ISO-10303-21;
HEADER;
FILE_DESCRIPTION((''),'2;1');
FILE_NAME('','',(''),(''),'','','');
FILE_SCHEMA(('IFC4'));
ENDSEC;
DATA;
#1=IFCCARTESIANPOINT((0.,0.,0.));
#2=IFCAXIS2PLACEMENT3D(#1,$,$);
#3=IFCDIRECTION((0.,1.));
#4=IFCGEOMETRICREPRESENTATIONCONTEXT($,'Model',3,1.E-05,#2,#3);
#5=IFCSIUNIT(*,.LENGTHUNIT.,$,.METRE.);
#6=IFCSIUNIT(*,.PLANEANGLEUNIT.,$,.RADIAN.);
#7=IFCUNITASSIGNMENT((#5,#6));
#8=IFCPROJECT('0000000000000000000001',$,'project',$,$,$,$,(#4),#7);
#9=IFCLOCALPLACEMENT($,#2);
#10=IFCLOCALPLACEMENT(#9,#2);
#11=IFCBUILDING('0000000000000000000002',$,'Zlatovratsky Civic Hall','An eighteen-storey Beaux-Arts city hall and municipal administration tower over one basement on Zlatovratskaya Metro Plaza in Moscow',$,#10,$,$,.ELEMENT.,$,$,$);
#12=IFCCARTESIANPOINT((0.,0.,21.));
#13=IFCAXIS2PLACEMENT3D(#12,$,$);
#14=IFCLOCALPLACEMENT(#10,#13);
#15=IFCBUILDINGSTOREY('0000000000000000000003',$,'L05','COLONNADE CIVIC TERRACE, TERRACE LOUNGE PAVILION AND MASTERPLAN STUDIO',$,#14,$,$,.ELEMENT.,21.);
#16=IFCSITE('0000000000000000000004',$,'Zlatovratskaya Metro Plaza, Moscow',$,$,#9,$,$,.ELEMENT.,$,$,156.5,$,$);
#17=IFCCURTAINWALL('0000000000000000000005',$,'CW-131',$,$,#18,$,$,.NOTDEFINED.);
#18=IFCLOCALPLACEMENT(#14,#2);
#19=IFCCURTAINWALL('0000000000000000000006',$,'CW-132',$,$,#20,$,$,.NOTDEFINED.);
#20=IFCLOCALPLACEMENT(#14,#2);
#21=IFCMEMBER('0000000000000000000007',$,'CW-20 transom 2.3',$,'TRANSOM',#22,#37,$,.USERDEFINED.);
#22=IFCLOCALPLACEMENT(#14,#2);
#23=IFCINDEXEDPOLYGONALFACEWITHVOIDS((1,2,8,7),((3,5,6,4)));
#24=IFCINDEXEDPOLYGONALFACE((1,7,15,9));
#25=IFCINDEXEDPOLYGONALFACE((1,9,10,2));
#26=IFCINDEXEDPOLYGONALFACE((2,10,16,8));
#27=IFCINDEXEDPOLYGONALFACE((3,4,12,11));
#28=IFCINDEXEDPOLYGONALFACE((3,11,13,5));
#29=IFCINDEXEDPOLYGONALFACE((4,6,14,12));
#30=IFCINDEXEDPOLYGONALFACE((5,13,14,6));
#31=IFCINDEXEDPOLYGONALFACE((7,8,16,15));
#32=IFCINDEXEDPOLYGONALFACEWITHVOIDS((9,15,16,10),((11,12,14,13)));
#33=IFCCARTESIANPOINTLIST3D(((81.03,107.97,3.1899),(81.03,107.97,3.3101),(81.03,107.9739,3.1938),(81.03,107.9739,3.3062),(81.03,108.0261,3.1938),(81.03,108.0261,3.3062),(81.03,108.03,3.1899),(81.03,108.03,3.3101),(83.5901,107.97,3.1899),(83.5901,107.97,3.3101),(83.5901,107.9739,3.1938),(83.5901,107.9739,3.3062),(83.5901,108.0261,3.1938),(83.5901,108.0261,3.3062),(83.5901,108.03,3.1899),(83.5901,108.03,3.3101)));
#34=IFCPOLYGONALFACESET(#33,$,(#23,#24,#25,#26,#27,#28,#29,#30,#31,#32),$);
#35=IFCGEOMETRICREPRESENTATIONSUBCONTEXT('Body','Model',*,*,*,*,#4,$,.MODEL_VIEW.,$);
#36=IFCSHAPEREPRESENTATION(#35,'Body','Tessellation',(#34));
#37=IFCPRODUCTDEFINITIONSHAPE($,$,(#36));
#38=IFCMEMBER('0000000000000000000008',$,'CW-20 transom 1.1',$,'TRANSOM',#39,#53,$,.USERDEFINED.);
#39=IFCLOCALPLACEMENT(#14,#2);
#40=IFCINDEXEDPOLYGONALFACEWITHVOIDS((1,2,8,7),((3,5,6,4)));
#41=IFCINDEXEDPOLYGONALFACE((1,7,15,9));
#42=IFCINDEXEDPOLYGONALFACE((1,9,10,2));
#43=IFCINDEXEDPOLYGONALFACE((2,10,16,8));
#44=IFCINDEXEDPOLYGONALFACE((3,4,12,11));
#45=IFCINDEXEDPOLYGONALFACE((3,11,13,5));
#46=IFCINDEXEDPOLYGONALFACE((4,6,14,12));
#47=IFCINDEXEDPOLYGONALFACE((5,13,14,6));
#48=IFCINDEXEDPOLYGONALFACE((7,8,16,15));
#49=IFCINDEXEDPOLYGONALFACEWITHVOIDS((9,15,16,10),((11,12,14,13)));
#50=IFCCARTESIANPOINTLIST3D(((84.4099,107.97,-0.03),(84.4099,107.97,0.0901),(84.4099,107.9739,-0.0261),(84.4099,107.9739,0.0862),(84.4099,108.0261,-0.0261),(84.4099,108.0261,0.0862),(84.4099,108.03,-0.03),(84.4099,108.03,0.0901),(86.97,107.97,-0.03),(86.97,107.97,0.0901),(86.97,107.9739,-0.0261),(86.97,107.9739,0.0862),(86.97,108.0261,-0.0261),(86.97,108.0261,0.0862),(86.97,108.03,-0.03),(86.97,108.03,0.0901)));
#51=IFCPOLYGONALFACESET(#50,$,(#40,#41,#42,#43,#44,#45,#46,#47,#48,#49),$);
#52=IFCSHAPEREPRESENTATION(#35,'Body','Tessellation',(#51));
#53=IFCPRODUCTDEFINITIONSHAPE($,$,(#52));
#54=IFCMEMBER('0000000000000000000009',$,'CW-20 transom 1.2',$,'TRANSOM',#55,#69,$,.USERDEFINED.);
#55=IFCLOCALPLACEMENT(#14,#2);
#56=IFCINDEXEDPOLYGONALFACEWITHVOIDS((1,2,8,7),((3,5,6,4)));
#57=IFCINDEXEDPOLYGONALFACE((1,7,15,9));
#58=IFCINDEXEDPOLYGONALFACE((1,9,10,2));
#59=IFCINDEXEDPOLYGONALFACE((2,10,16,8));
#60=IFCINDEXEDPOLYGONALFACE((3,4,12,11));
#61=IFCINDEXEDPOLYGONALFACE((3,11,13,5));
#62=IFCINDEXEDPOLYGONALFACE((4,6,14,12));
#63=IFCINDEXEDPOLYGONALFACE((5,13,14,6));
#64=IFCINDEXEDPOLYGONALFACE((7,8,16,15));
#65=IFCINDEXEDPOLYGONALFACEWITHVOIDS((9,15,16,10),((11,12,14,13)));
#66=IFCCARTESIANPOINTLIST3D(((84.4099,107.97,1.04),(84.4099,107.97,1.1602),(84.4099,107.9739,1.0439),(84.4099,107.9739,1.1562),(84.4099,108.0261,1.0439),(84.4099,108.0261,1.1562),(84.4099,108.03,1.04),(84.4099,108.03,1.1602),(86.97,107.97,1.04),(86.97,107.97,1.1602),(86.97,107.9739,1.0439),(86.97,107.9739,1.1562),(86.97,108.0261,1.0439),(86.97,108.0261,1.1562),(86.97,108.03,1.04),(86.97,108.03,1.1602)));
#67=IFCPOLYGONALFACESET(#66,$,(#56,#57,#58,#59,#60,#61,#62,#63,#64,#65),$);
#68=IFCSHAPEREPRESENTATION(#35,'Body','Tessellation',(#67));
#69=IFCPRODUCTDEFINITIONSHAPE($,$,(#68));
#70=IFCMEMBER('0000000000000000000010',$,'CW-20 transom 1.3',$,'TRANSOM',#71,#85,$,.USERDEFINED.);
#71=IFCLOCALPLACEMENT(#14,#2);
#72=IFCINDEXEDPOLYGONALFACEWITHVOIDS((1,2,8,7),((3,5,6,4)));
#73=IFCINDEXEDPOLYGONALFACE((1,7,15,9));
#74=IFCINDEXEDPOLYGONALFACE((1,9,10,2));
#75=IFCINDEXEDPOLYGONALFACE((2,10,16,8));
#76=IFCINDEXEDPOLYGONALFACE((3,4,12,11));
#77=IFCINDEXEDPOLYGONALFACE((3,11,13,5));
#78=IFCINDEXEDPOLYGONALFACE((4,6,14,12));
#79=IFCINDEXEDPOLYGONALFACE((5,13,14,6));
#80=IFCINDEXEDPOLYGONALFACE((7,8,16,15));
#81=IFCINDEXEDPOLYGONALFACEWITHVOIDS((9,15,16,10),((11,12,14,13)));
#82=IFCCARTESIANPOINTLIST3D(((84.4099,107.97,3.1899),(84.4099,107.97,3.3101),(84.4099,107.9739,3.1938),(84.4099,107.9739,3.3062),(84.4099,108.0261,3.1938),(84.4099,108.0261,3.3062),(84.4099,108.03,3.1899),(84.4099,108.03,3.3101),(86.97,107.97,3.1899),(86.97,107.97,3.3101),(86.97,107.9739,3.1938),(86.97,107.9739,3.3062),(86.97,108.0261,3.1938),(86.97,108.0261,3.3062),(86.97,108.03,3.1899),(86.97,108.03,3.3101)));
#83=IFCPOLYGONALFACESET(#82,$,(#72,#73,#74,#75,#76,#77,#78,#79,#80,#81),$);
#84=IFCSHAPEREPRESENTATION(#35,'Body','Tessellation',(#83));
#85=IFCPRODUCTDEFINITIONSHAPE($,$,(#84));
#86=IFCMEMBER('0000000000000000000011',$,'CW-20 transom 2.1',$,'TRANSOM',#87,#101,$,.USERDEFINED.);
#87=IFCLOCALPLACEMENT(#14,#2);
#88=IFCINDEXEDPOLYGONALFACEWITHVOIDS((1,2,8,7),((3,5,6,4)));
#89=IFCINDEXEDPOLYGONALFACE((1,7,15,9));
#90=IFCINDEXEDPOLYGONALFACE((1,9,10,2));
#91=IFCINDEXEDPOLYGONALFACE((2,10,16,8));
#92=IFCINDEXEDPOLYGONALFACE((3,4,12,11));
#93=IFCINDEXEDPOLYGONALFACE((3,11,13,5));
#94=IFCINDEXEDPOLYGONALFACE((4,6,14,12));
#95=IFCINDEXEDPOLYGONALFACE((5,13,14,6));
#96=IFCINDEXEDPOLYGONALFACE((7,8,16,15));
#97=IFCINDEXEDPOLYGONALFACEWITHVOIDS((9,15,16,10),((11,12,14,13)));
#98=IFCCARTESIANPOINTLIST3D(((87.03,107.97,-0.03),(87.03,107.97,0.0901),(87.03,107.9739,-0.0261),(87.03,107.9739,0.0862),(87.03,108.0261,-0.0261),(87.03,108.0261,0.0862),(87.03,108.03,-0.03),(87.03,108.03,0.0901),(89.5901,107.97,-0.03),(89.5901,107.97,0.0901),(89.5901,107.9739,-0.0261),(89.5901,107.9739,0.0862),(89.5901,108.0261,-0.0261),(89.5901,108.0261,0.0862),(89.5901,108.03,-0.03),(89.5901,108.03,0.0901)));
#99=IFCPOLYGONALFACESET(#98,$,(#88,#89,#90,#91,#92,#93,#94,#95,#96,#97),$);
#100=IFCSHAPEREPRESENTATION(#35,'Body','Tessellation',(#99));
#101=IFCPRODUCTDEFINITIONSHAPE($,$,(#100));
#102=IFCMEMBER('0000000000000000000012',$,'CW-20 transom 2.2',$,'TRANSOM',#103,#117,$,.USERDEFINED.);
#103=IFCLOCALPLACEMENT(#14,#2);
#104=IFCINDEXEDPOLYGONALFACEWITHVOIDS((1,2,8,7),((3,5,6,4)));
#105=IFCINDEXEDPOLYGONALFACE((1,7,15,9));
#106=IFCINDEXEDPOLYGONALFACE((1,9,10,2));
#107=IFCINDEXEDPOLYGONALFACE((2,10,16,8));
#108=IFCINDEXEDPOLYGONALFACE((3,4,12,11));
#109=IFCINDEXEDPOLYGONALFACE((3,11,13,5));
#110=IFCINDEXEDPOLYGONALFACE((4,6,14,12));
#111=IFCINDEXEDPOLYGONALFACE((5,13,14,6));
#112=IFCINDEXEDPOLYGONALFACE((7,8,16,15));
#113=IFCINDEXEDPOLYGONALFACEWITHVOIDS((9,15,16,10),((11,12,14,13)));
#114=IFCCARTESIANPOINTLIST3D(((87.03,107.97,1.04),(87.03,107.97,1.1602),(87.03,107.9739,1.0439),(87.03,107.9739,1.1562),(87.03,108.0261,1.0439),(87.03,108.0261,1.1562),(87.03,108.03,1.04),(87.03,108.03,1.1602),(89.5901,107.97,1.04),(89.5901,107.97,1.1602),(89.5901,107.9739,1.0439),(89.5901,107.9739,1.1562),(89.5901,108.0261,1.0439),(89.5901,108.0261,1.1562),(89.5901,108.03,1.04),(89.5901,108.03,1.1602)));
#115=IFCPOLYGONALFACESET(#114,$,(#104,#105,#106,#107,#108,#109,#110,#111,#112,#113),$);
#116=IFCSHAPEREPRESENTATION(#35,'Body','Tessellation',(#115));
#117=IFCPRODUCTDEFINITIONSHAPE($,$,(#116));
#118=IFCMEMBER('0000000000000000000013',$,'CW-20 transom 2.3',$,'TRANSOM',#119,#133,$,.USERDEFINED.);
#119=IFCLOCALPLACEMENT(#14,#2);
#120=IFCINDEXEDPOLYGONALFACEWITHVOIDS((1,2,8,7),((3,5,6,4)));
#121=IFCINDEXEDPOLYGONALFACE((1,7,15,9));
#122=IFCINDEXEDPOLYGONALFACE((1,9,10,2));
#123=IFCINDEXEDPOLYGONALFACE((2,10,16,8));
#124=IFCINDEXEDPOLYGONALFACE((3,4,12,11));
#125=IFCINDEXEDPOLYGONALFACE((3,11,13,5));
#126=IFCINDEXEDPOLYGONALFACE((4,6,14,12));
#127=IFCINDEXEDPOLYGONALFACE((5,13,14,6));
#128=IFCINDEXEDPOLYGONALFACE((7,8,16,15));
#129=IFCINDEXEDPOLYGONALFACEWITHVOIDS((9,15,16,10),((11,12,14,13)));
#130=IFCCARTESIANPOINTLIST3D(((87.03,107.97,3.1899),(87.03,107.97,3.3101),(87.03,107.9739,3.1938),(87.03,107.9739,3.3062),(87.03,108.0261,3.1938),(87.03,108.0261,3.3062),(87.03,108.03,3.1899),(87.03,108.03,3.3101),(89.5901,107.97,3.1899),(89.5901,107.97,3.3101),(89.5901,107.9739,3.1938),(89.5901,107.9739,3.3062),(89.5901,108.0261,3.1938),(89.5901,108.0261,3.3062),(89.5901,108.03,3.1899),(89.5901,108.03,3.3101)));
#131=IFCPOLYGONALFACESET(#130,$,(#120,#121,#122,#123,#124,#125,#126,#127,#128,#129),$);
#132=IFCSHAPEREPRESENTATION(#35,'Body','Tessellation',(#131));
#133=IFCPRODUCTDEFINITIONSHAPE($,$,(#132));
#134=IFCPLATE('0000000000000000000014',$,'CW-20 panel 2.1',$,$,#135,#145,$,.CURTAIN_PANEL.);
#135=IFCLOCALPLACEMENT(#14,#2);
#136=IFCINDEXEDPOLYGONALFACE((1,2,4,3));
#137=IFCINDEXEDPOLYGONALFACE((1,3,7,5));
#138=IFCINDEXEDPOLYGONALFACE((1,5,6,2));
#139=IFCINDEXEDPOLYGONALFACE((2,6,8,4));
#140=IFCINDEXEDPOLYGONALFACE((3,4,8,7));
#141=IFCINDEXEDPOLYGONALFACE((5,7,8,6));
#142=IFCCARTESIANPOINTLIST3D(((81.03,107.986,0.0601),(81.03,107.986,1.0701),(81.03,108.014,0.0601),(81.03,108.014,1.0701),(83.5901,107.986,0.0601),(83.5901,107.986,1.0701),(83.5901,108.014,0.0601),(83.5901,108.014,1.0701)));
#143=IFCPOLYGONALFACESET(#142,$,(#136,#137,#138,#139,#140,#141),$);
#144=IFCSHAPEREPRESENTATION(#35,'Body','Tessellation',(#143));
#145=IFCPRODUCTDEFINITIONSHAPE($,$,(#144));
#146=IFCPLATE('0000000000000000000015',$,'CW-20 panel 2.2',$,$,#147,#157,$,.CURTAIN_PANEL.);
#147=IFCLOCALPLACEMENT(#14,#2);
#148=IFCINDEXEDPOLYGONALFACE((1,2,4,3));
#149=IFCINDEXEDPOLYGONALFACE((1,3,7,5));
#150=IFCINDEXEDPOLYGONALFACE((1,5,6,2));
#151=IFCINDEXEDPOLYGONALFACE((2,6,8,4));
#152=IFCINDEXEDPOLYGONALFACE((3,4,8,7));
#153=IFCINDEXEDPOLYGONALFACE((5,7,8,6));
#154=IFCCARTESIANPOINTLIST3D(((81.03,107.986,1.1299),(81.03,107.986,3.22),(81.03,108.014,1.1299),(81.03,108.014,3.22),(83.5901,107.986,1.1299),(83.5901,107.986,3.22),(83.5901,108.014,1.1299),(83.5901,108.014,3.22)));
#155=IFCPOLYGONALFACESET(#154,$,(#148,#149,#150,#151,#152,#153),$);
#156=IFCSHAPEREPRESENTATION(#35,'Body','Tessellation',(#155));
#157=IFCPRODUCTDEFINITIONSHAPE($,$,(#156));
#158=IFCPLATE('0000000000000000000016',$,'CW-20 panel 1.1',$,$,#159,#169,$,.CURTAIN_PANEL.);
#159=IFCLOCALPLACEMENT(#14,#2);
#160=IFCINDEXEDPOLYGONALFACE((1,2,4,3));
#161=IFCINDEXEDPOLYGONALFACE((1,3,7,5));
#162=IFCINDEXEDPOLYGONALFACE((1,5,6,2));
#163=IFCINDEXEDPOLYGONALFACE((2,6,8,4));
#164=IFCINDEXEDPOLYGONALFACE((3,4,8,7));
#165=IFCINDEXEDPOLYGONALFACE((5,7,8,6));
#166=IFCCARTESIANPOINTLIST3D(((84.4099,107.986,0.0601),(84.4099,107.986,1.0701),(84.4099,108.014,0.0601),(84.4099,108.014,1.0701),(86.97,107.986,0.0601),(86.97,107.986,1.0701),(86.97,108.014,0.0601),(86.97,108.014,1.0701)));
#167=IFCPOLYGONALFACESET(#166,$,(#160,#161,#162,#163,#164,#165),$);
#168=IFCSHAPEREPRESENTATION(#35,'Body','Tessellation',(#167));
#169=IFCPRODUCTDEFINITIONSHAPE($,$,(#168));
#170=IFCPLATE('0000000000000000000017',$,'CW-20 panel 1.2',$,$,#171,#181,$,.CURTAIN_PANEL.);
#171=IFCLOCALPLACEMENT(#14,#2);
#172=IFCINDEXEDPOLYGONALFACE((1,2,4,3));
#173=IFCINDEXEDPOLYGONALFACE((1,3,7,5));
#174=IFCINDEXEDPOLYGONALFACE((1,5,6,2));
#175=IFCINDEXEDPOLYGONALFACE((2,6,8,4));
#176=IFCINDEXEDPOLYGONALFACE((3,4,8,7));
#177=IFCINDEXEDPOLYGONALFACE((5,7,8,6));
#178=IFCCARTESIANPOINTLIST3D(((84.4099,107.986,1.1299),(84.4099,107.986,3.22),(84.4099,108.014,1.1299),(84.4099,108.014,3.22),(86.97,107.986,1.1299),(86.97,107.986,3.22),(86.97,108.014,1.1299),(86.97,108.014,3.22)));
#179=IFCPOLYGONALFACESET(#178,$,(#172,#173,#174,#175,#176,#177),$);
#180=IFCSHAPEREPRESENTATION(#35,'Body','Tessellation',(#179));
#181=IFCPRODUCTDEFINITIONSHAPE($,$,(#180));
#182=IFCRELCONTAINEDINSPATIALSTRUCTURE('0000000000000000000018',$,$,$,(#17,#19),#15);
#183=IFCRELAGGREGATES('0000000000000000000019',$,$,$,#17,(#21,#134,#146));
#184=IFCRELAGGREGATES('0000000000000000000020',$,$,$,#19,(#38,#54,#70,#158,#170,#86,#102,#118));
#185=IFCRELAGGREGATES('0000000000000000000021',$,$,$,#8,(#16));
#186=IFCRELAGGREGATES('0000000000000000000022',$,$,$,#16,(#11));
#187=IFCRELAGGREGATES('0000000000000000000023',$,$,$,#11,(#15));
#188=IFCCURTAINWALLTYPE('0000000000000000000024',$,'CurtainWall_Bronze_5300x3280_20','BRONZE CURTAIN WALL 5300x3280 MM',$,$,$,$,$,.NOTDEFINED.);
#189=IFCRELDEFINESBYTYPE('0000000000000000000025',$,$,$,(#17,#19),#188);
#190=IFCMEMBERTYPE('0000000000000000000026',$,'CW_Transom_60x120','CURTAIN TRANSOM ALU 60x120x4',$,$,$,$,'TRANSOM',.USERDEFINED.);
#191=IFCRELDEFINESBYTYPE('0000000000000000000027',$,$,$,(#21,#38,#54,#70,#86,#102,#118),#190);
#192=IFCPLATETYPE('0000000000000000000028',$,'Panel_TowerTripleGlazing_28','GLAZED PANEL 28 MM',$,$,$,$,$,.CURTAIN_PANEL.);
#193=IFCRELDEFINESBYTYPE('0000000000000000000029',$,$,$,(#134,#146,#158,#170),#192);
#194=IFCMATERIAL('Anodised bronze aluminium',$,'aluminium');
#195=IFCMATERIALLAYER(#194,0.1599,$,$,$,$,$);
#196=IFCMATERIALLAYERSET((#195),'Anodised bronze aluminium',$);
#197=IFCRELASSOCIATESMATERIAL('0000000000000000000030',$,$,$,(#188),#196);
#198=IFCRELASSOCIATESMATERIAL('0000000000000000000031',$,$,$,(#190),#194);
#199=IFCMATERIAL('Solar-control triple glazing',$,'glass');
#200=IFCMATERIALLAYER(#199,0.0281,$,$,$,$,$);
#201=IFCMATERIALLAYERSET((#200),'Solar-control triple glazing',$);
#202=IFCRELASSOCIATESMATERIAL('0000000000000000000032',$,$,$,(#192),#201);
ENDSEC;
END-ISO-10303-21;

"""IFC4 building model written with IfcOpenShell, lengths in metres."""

from ifc_helpers import new_model, si_unit, direction, frame, origin, origin_2d, place, context, subcontext, project, spatial, rectangle, hollow_rectangle, extrude, material, layer, layer_set, material_profile, profile_set, type_object, element, aggregate, save


model = new_model("IFC4")

# Units and contexts
model_context = context("Model", 3, precision=1e-05, world=origin(), true_north=direction((0.0, 1.0)))
body_context = subcontext(model_context, "Body", "Model", "MODEL_VIEW")
ifc_project = project(units=[si_unit("LENGTHUNIT", "METRE"), si_unit("PLANEANGLEUNIT", "RADIAN")], contexts=[model_context])

# Site, building, storey
site_placement = place(None, origin())
site = spatial("IfcSite", under=ifc_project, at=site_placement, Name="Zlatovratskaya Metro Plaza, Moscow", CompositionType="ELEMENT", RefElevation=156.5)
building_placement = place(site_placement, origin())
building = spatial("IfcBuilding", under=site, at=building_placement, Name="Zlatovratsky Civic Hall", Description="An eighteen-storey Beaux-Arts city hall and municipal administration tower over one basement on Zlatovratskaya Metro Plaza in Moscow", CompositionType="ELEMENT")
storey_placement = place(building_placement, frame((0.0, 0.0, 21.0)))
storey = spatial("IfcBuildingStorey", under=building, at=storey_placement, Name="L05", Description="COLONNADE CIVIC TERRACE, TERRACE LOUNGE PAVILION AND MASTERPLAN STUDIO", CompositionType="ELEMENT", Elevation=21.0)

# Curtain wall
ifc_material_1 = material(Name="Anodised bronze aluminium", Category="aluminium")
ifc_layer_1 = layer(ifc_material_1, 0.1599)
ifc_layer_set_1 = layer_set([ifc_layer_1], Name="Anodised bronze aluminium")
curtain_wall_type = type_object("IfcCurtainWallType", Name="CurtainWall_Bronze_5300x3280_20", Description="BRONZE CURTAIN WALL 5300x3280 MM", PredefinedType="NOTDEFINED", material=ifc_layer_set_1)
curtain_wall_1_placement = place(storey_placement, origin())
curtain_wall_1 = element("IfcCurtainWall", 1, at=curtain_wall_1_placement, inside=storey, type_object=curtain_wall_type, Name="CW-131", PredefinedType="NOTDEFINED")

# Curtain wall
curtain_wall_2_placement = place(storey_placement, origin())
curtain_wall_2 = element("IfcCurtainWall", 2, at=curtain_wall_2_placement, inside=storey, type_object=curtain_wall_type, Name="CW-132", PredefinedType="NOTDEFINED")

# Members
ifc_material_profile_1 = material_profile(ifc_material_1, hollow_rectangle(XDim=0.0601, YDim=0.1201, WallThickness=0.0039, at=origin_2d()), Name="ALU 60x120x4")
ifc_profile_set_1 = profile_set([ifc_material_profile_1], Name="Anodised bronze aluminium")
member_type_1 = type_object("IfcMemberType", Name="CW_Transom_60x120", Description="CURTAIN TRANSOM ALU 60x120x4", ElementType="TRANSOM", PredefinedType="USERDEFINED", material=ifc_profile_set_1)
member_1_placement = place(storey_placement, frame((81.03, 108.0, 3.25), z_axis=(1.0, 0.0, 0.0), x_axis=(0.0, 1.0, 0.0)))
member_1 = element("IfcMember", 3, at=member_1_placement, type_object=member_type_1, Name="CW-20 transom 2.3", ObjectType="TRANSOM", PredefinedType="USERDEFINED", context=body_context, shape_type="SweptSolid", body=[
    extrude(hollow_rectangle(XDim=0.0601, YDim=0.1201, WallThickness=0.0039, at=origin_2d()), origin(), (0.0, 0.0, 1.0), 2.5601),
])
member_2_placement = place(storey_placement, frame((84.4099, 108.0, 0.03), z_axis=(1.0, 0.0, 0.0), x_axis=(0.0, 1.0, 0.0)))
member_2 = element("IfcMember", 4, at=member_2_placement, type_object=member_type_1, Name="CW-20 transom 1.1", ObjectType="TRANSOM", PredefinedType="USERDEFINED", context=body_context, shape_type="SweptSolid", body=[
    extrude(hollow_rectangle(XDim=0.0601, YDim=0.1201, WallThickness=0.0039, at=origin_2d()), origin(), (0.0, 0.0, 1.0), 2.5601),
])
member_3_placement = place(storey_placement, frame((84.4099, 108.0, 1.1001), z_axis=(1.0, 0.0, 0.0), x_axis=(0.0, 1.0, 0.0)))
member_3 = element("IfcMember", 5, at=member_3_placement, type_object=member_type_1, Name="CW-20 transom 1.2", ObjectType="TRANSOM", PredefinedType="USERDEFINED", context=body_context, shape_type="SweptSolid", body=[
    extrude(hollow_rectangle(XDim=0.0601, YDim=0.1201, WallThickness=0.0039, at=origin_2d()), origin(), (0.0, 0.0, 1.0), 2.5601),
])
member_4_placement = place(storey_placement, frame((84.4099, 108.0, 3.25), z_axis=(1.0, 0.0, 0.0), x_axis=(0.0, 1.0, 0.0)))
member_4 = element("IfcMember", 6, at=member_4_placement, type_object=member_type_1, Name="CW-20 transom 1.3", ObjectType="TRANSOM", PredefinedType="USERDEFINED", context=body_context, shape_type="SweptSolid", body=[
    extrude(hollow_rectangle(XDim=0.0601, YDim=0.1201, WallThickness=0.0039, at=origin_2d()), origin(), (0.0, 0.0, 1.0), 2.5601),
])
member_5_placement = place(storey_placement, frame((87.03, 108.0, 0.03), z_axis=(1.0, 0.0, 0.0), x_axis=(0.0, 1.0, 0.0)))
member_5 = element("IfcMember", 7, at=member_5_placement, type_object=member_type_1, Name="CW-20 transom 2.1", ObjectType="TRANSOM", PredefinedType="USERDEFINED", context=body_context, shape_type="SweptSolid", body=[
    extrude(hollow_rectangle(XDim=0.0601, YDim=0.1201, WallThickness=0.0039, at=origin_2d()), origin(), (0.0, 0.0, 1.0), 2.5601),
])
member_6_placement = place(storey_placement, frame((87.03, 108.0, 1.1001), z_axis=(1.0, 0.0, 0.0), x_axis=(0.0, 1.0, 0.0)))
member_6 = element("IfcMember", 8, at=member_6_placement, type_object=member_type_1, Name="CW-20 transom 2.2", ObjectType="TRANSOM", PredefinedType="USERDEFINED", context=body_context, shape_type="SweptSolid", body=[
    extrude(hollow_rectangle(XDim=0.0601, YDim=0.1201, WallThickness=0.0039, at=origin_2d()), origin(), (0.0, 0.0, 1.0), 2.5601),
])
member_7_placement = place(storey_placement, frame((87.03, 108.0, 3.25), z_axis=(1.0, 0.0, 0.0), x_axis=(0.0, 1.0, 0.0)))
member_7 = element("IfcMember", 9, at=member_7_placement, type_object=member_type_1, Name="CW-20 transom 2.3", ObjectType="TRANSOM", PredefinedType="USERDEFINED", context=body_context, shape_type="SweptSolid", body=[
    extrude(hollow_rectangle(XDim=0.0601, YDim=0.1201, WallThickness=0.0039, at=origin_2d()), origin(), (0.0, 0.0, 1.0), 2.5601),
])

# Plates
ifc_material_2 = material(Name="Solar-control triple glazing", Category="glass")
ifc_layer_2 = layer(ifc_material_2, 0.0281)
ifc_layer_set_2 = layer_set([ifc_layer_2], Name="Solar-control triple glazing")
plate_type = type_object("IfcPlateType", Name="Panel_TowerTripleGlazing_28", Description="GLAZED PANEL 28 MM", PredefinedType="CURTAIN_PANEL", material=ifc_layer_set_2)
plate_1_placement = place(storey_placement, frame((82.3101, 108.0, 0.0601), z_axis=(0.0, 0.0, 1.0), x_axis=(1.0, 0.0, 0.0)))
plate_1 = element("IfcPlate", 10, at=plate_1_placement, type_object=plate_type, Name="CW-20 panel 2.1", PredefinedType="CURTAIN_PANEL", context=body_context, shape_type="SweptSolid", body=[
    extrude(rectangle(XDim=2.5601, YDim=0.0281, at=origin_2d()), origin(), (0.0, 0.0, 1.0), 1.01),
])
plate_2_placement = place(storey_placement, frame((82.3101, 108.0, 1.1299), z_axis=(0.0, 0.0, 1.0), x_axis=(1.0, 0.0, 0.0)))
plate_2 = element("IfcPlate", 11, at=plate_2_placement, type_object=plate_type, Name="CW-20 panel 2.2", PredefinedType="CURTAIN_PANEL", context=body_context, shape_type="SweptSolid", body=[
    extrude(rectangle(XDim=2.5601, YDim=0.0281, at=origin_2d()), origin(), (0.0, 0.0, 1.0), 2.0901),
])
aggregate(curtain_wall_1, [member_1, plate_1, plate_2])
plate_3_placement = place(storey_placement, frame((85.6899, 108.0, 0.0601), z_axis=(0.0, 0.0, 1.0), x_axis=(1.0, 0.0, 0.0)))
plate_3 = element("IfcPlate", 12, at=plate_3_placement, type_object=plate_type, Name="CW-20 panel 1.1", PredefinedType="CURTAIN_PANEL", context=body_context, shape_type="SweptSolid", body=[
    extrude(rectangle(XDim=2.5601, YDim=0.0281, at=origin_2d()), origin(), (0.0, 0.0, 1.0), 1.01),
])
plate_4_placement = place(storey_placement, frame((85.6899, 108.0, 1.1299), z_axis=(0.0, 0.0, 1.0), x_axis=(1.0, 0.0, 0.0)))
plate_4 = element("IfcPlate", 13, at=plate_4_placement, type_object=plate_type, Name="CW-20 panel 1.2", PredefinedType="CURTAIN_PANEL", context=body_context, shape_type="SweptSolid", body=[
    extrude(rectangle(XDim=2.5601, YDim=0.0281, at=origin_2d()), origin(), (0.0, 0.0, 1.0), 2.0901),
])
aggregate(curtain_wall_2, [member_2, member_3, member_4, plate_3, plate_4, member_5, member_6, member_7])

save(model, "model.ifc")
